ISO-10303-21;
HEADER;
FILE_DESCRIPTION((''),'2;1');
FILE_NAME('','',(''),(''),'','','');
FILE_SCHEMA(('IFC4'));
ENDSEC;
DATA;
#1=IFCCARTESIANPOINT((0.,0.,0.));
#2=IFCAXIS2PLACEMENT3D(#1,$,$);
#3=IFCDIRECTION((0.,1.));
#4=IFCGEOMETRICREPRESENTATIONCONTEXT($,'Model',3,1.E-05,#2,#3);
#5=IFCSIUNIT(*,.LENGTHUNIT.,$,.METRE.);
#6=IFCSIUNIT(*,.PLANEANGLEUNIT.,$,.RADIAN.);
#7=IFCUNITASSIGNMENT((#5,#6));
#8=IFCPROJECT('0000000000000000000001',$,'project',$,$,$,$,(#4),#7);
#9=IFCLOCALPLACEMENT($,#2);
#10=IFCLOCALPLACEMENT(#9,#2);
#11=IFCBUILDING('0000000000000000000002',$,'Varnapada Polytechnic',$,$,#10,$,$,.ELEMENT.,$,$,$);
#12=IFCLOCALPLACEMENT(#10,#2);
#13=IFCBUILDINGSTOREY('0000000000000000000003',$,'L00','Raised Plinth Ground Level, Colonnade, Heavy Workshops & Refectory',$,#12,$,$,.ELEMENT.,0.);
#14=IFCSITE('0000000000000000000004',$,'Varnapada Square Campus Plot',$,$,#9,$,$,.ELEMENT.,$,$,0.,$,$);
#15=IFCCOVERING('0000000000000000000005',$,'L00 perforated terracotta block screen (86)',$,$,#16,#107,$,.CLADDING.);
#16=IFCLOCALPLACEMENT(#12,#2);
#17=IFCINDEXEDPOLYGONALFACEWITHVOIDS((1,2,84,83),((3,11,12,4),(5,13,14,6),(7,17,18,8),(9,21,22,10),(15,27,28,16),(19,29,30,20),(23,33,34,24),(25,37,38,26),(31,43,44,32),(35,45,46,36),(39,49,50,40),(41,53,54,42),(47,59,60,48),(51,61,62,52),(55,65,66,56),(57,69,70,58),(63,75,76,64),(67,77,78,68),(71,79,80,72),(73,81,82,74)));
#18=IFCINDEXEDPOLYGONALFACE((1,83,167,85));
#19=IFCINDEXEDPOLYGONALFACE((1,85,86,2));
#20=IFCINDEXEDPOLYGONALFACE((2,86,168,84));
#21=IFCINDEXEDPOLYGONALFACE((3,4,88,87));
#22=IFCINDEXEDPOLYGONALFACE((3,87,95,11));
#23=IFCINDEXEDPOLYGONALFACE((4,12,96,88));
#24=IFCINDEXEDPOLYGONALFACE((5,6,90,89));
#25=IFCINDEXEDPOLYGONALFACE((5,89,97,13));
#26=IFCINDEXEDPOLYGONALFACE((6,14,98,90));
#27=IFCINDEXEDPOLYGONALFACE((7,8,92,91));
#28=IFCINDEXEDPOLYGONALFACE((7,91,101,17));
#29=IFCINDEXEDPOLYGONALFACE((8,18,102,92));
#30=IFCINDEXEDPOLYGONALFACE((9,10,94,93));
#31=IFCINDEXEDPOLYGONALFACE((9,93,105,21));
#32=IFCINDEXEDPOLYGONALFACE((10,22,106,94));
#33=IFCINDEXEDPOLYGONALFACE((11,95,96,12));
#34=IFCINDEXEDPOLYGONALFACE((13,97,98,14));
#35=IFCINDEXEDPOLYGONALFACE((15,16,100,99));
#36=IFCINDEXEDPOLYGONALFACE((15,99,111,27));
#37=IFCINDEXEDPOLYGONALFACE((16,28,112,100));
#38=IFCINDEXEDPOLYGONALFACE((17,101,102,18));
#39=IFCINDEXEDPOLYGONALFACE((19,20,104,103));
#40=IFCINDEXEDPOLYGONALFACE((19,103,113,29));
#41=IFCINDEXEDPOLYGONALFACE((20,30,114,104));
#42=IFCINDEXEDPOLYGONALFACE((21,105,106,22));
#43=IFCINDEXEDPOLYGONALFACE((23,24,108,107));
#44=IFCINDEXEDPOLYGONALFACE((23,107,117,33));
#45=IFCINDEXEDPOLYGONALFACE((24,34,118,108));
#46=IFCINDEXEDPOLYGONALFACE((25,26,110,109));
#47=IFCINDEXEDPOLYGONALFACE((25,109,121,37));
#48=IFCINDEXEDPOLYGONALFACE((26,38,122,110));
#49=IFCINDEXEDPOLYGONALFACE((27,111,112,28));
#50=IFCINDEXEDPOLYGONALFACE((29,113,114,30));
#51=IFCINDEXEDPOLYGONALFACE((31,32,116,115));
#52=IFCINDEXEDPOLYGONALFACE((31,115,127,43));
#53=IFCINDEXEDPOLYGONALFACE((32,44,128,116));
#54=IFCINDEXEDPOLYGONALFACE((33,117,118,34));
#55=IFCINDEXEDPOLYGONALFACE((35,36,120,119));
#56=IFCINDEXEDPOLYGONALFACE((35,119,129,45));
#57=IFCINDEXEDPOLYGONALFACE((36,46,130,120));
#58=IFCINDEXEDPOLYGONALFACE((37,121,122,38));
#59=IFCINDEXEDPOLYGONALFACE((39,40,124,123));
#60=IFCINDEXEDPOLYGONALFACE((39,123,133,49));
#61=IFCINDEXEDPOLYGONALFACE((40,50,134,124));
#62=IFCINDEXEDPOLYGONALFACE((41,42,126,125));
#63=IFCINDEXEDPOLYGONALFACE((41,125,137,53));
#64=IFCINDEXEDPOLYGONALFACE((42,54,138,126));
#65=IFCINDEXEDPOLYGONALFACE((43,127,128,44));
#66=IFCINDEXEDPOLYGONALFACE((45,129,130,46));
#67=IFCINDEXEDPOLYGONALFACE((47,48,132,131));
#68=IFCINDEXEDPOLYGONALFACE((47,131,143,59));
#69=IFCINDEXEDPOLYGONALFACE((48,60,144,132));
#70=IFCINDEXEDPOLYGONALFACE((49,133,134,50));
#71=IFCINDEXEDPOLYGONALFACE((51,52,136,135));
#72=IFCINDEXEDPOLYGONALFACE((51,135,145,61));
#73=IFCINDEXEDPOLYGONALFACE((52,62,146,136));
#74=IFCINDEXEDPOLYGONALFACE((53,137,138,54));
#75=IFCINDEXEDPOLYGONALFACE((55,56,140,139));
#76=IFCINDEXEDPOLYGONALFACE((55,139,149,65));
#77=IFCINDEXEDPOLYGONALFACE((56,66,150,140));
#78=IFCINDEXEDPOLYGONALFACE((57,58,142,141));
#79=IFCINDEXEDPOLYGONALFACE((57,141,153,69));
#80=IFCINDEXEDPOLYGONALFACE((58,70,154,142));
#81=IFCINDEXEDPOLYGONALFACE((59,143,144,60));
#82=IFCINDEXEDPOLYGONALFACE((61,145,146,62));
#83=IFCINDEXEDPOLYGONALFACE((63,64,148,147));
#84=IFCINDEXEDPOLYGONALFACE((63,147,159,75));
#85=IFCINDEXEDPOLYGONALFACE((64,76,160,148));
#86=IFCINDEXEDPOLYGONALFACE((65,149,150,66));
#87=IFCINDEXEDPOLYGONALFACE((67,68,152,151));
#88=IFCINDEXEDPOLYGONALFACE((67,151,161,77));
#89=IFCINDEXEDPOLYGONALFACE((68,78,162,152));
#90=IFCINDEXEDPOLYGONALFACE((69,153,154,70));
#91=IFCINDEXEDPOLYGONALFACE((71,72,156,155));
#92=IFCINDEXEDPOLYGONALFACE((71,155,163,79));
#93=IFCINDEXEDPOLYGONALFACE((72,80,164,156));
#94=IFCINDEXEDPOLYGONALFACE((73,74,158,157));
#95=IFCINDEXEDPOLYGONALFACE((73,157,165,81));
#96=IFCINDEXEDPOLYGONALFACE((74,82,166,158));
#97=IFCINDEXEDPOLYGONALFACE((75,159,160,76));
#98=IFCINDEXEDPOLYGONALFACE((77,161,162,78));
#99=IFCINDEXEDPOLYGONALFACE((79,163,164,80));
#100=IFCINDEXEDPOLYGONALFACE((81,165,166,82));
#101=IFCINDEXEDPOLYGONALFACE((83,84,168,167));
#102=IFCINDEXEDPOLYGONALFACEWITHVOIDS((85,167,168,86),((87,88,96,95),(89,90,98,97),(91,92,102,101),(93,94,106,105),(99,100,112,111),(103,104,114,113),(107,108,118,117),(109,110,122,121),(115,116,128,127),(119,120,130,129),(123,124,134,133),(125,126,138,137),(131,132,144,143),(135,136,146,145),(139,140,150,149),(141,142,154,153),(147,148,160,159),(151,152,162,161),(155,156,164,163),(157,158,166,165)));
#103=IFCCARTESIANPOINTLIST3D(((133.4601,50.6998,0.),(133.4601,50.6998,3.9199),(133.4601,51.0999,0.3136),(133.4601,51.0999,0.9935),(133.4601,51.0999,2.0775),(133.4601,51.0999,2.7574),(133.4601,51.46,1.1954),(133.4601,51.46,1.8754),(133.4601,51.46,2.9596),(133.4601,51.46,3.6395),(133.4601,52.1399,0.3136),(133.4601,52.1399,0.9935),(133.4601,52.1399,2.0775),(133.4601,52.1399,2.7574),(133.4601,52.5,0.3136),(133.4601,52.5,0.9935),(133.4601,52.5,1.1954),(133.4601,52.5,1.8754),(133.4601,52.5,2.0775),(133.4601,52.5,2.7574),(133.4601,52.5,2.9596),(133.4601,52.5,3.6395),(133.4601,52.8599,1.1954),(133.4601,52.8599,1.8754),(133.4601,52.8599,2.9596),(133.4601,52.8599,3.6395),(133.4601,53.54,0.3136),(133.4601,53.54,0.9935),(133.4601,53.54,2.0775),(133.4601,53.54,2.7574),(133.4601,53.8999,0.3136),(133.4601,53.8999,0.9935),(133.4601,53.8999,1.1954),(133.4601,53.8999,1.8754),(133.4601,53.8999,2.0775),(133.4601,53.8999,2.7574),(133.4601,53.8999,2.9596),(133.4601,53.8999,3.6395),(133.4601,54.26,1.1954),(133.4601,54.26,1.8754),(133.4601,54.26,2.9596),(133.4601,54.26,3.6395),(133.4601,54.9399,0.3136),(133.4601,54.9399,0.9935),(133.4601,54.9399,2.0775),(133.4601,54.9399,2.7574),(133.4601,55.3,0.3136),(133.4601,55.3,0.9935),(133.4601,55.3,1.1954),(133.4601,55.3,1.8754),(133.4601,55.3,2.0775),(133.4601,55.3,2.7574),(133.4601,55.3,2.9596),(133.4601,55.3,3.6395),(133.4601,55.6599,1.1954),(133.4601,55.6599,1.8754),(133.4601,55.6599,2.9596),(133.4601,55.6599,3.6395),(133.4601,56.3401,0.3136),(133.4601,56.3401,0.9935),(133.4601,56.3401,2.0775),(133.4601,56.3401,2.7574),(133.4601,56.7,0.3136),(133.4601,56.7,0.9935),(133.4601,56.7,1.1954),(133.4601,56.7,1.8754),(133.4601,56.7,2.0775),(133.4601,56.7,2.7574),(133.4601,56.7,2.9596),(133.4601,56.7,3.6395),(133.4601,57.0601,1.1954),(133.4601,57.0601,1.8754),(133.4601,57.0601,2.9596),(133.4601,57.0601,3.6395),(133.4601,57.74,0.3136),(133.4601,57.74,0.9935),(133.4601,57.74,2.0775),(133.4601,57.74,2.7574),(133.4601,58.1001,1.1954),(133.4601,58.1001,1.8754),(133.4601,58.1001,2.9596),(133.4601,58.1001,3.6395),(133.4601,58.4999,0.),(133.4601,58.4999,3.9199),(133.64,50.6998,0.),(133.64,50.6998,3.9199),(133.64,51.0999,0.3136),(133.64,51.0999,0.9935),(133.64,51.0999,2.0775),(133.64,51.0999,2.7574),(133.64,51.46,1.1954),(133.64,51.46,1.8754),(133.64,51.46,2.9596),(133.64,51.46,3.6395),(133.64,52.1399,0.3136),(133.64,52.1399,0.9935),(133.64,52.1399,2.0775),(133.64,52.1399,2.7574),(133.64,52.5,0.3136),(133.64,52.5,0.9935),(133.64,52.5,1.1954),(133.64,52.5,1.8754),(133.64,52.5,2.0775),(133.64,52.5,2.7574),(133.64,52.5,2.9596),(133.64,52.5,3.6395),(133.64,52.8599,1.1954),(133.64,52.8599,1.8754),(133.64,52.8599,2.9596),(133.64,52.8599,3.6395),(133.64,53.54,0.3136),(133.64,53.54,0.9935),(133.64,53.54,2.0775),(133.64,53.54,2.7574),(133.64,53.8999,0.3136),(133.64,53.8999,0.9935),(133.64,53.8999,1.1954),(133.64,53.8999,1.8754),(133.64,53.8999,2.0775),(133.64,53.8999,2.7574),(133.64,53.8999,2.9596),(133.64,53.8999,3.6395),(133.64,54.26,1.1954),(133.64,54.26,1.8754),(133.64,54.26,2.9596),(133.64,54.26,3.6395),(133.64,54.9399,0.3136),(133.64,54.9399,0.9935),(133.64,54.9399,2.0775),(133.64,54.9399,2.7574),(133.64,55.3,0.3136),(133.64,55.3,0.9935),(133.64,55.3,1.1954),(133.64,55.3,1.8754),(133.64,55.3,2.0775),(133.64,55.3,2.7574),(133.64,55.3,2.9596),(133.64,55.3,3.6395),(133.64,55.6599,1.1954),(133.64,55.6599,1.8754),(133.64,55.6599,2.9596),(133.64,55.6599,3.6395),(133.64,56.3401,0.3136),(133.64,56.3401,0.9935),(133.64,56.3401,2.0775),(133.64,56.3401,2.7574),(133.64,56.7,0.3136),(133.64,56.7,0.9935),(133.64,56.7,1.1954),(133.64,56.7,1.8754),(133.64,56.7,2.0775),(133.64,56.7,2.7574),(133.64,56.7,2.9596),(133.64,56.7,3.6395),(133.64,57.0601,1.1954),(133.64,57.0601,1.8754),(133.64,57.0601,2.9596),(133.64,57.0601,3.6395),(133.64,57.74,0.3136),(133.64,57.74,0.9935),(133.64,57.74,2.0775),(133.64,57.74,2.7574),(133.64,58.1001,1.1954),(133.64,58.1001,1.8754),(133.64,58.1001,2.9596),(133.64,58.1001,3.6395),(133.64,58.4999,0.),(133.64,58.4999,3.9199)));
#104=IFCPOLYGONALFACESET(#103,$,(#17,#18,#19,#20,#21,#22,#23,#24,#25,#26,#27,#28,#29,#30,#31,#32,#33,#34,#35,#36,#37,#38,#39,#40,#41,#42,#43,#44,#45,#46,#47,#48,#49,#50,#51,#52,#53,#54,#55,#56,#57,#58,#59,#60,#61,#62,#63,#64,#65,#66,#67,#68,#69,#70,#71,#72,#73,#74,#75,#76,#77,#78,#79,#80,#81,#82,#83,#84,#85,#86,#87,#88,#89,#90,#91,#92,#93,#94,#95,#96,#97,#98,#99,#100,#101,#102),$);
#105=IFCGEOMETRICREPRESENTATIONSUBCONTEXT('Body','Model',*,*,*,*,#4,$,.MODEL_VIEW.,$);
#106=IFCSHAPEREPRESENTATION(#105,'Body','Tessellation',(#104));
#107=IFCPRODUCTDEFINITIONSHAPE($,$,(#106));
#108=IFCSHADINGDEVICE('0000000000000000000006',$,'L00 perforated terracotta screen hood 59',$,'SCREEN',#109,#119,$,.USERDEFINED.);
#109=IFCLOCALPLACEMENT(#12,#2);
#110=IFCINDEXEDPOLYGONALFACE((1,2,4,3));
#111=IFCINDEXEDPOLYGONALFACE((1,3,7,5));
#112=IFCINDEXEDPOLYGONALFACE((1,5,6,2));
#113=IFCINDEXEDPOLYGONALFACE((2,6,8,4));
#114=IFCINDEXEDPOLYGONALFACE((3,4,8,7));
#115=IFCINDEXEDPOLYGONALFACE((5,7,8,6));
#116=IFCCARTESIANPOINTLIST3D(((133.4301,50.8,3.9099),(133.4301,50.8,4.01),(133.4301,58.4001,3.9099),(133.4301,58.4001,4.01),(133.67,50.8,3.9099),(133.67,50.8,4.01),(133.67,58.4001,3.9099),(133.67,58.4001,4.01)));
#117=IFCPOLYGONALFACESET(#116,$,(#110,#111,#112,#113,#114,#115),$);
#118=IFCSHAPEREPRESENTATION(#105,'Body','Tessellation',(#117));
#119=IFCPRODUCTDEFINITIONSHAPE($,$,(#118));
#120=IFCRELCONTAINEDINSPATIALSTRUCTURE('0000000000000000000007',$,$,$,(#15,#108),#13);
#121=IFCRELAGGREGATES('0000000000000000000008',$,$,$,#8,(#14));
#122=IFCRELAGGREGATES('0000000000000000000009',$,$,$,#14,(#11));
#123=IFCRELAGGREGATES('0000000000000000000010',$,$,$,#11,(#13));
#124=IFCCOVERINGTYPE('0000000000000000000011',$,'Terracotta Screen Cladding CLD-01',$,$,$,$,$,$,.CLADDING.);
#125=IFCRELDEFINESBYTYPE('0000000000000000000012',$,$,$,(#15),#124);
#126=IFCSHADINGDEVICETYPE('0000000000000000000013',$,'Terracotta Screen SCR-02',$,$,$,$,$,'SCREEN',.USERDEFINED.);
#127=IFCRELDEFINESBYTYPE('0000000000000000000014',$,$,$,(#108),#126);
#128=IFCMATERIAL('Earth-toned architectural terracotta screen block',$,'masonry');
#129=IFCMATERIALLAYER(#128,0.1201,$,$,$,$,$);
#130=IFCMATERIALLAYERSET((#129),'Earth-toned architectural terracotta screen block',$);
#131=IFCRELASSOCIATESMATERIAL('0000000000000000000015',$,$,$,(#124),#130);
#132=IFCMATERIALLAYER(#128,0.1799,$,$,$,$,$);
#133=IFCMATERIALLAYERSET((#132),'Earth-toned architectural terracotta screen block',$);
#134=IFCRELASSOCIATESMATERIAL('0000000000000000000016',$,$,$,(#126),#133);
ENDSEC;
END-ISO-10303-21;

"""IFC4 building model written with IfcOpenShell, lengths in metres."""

from ifc_helpers import new_model, si_unit, direction, frame, frame_2d, origin, origin_2d, place, context, subcontext, project, spatial, rectangle, extrude, material, layer, layer_set, type_object, element, save


model = new_model("IFC4")

# Units and contexts
model_context = context("Model", 3, precision=1e-05, world=origin(), true_north=direction((0.0, 1.0)))
body_context = subcontext(model_context, "Body", "Model", "MODEL_VIEW")
ifc_project = project(units=[si_unit("LENGTHUNIT", "METRE"), si_unit("PLANEANGLEUNIT", "RADIAN")], contexts=[model_context])

# Site, building, storey
site_placement = place(None, origin())
site = spatial("IfcSite", under=ifc_project, at=site_placement, Name="Varnapada Square Campus Plot", CompositionType="ELEMENT", RefElevation=0.0)
building_placement = place(site_placement, origin())
building = spatial("IfcBuilding", under=site, at=building_placement, Name="Varnapada Polytechnic", CompositionType="ELEMENT")
storey_placement = place(building_placement, origin())
storey = spatial("IfcBuildingStorey", under=building, at=storey_placement, Name="L00", Description="Raised Plinth Ground Level, Colonnade, Heavy Workshops & Refectory", CompositionType="ELEMENT", Elevation=0.0)

# Covering, openings
ifc_material_1 = material(Name="Earth-toned architectural terracotta screen block", Category="masonry")
ifc_layer_1 = layer(ifc_material_1, 0.1201)
ifc_layer_set_1 = layer_set([ifc_layer_1], Name="Earth-toned architectural terracotta screen block")
covering_type = type_object("IfcCoveringType", Name="Terracotta Screen Cladding CLD-01", PredefinedType="CLADDING", material=ifc_layer_set_1)
covering_placement = place(storey_placement, frame((133.55, 50.7, 0.0), z_axis=(0.0, 0.0, 1.0), x_axis=(0.0, 1.0, 0.0)))
covering = element("IfcCovering", 1, at=covering_placement, inside=storey, type_object=covering_type, Name="L00 perforated terracotta block screen (86)", PredefinedType="CLADDING", context=body_context, shape_type="SweptSolid", body=[
    extrude(rectangle(XDim=7.8, YDim=0.1799, at=frame_2d((3.8999, 0.0))), origin(), (0.0, 0.0, 1.0), 3.9199),
])
opening_1_placement = place(covering_placement, frame((0.3999, 0.0, 0.3137)))
element("IfcOpeningElement", 2, at=opening_1_placement, cuts=covering, PredefinedType="OPENING", context=body_context, shape_type="SweptSolid", body=[
    extrude(rectangle(XDim=1.04, YDim=0.6799, at=frame_2d((0.52, 0.3398))), frame((0.0, 0.0999, 0.0), z_axis=(0.0, -1.0, 0.0), x_axis=(1.0, 0.0, 0.0)), (0.0, 0.0, 1.0), 0.2),
])
opening_2_placement = place(covering_placement, frame((1.8, 0.0, 0.3137)))
element("IfcOpeningElement", 3, at=opening_2_placement, cuts=covering, PredefinedType="OPENING", context=body_context, shape_type="SweptSolid", body=[
    extrude(rectangle(XDim=1.04, YDim=0.6799, at=frame_2d((0.52, 0.3398))), frame((0.0, 0.0999, 0.0), z_axis=(0.0, -1.0, 0.0), x_axis=(1.0, 0.0, 0.0)), (0.0, 0.0, 1.0), 0.2),
])
opening_3_placement = place(covering_placement, frame((3.2, 0.0, 0.3137)))
element("IfcOpeningElement", 4, at=opening_3_placement, cuts=covering, PredefinedType="OPENING", context=body_context, shape_type="SweptSolid", body=[
    extrude(rectangle(XDim=1.04, YDim=0.6799, at=frame_2d((0.52, 0.3398))), frame((0.0, 0.0999, 0.0), z_axis=(0.0, -1.0, 0.0), x_axis=(1.0, 0.0, 0.0)), (0.0, 0.0, 1.0), 0.2),
])
opening_4_placement = place(covering_placement, frame((4.6001, 0.0, 0.3137)))
element("IfcOpeningElement", 5, at=opening_4_placement, cuts=covering, PredefinedType="OPENING", context=body_context, shape_type="SweptSolid", body=[
    extrude(rectangle(XDim=1.04, YDim=0.6799, at=frame_2d((0.52, 0.3398))), frame((0.0, 0.0999, 0.0), z_axis=(0.0, -1.0, 0.0), x_axis=(1.0, 0.0, 0.0)), (0.0, 0.0, 1.0), 0.2),
])
opening_5_placement = place(covering_placement, frame((6.0, 0.0, 0.3137)))
element("IfcOpeningElement", 6, at=opening_5_placement, cuts=covering, PredefinedType="OPENING", context=body_context, shape_type="SweptSolid", body=[
    extrude(rectangle(XDim=1.04, YDim=0.6799, at=frame_2d((0.52, 0.3398))), frame((0.0, 0.0999, 0.0), z_axis=(0.0, -1.0, 0.0), x_axis=(1.0, 0.0, 0.0)), (0.0, 0.0, 1.0), 0.2),
])
opening_6_placement = place(covering_placement, frame((0.76, 0.0, 1.1956)))
element("IfcOpeningElement", 7, at=opening_6_placement, cuts=covering, PredefinedType="OPENING", context=body_context, shape_type="SweptSolid", body=[
    extrude(rectangle(XDim=1.04, YDim=0.6799, at=frame_2d((0.52, 0.3398))), frame((0.0, 0.0999, 0.0), z_axis=(0.0, -1.0, 0.0), x_axis=(1.0, 0.0, 0.0)), (0.0, 0.0, 1.0), 0.2),
])
opening_7_placement = place(covering_placement, frame((2.1599, 0.0, 1.1956)))
element("IfcOpeningElement", 8, at=opening_7_placement, cuts=covering, PredefinedType="OPENING", context=body_context, shape_type="SweptSolid", body=[
    extrude(rectangle(XDim=1.04, YDim=0.6799, at=frame_2d((0.52, 0.3398))), frame((0.0, 0.0999, 0.0), z_axis=(0.0, -1.0, 0.0), x_axis=(1.0, 0.0, 0.0)), (0.0, 0.0, 1.0), 0.2),
])
opening_8_placement = place(covering_placement, frame((3.5601, 0.0, 1.1956)))
element("IfcOpeningElement", 9, at=opening_8_placement, cuts=covering, PredefinedType="OPENING", context=body_context, shape_type="SweptSolid", body=[
    extrude(rectangle(XDim=1.04, YDim=0.6799, at=frame_2d((0.52, 0.3398))), frame((0.0, 0.0999, 0.0), z_axis=(0.0, -1.0, 0.0), x_axis=(1.0, 0.0, 0.0)), (0.0, 0.0, 1.0), 0.2),
])
opening_9_placement = place(covering_placement, frame((4.96, 0.0, 1.1956)))
element("IfcOpeningElement", 10, at=opening_9_placement, cuts=covering, PredefinedType="OPENING", context=body_context, shape_type="SweptSolid", body=[
    extrude(rectangle(XDim=1.04, YDim=0.6799, at=frame_2d((0.52, 0.3398))), frame((0.0, 0.0999, 0.0), z_axis=(0.0, -1.0, 0.0), x_axis=(1.0, 0.0, 0.0)), (0.0, 0.0, 1.0), 0.2),
])
opening_10_placement = place(covering_placement, frame((6.3601, 0.0, 1.1956)))
element("IfcOpeningElement", 11, at=opening_10_placement, cuts=covering, PredefinedType="OPENING", context=body_context, shape_type="SweptSolid", body=[
    extrude(rectangle(XDim=1.04, YDim=0.6799, at=frame_2d((0.52, 0.3398))), frame((0.0, 0.0999, 0.0), z_axis=(0.0, -1.0, 0.0), x_axis=(1.0, 0.0, 0.0)), (0.0, 0.0, 1.0), 0.2),
])
opening_11_placement = place(covering_placement, frame((0.3999, 0.0, 2.0776)))
element("IfcOpeningElement", 12, at=opening_11_placement, cuts=covering, PredefinedType="OPENING", context=body_context, shape_type="SweptSolid", body=[
    extrude(rectangle(XDim=1.04, YDim=0.6799, at=frame_2d((0.52, 0.3398))), frame((0.0, 0.0999, 0.0), z_axis=(0.0, -1.0, 0.0), x_axis=(1.0, 0.0, 0.0)), (0.0, 0.0, 1.0), 0.2),
])
opening_12_placement = place(covering_placement, frame((1.8, 0.0, 2.0776)))
element("IfcOpeningElement", 13, at=opening_12_placement, cuts=covering, PredefinedType="OPENING", context=body_context, shape_type="SweptSolid", body=[
    extrude(rectangle(XDim=1.04, YDim=0.6799, at=frame_2d((0.52, 0.3398))), frame((0.0, 0.0999, 0.0), z_axis=(0.0, -1.0, 0.0), x_axis=(1.0, 0.0, 0.0)), (0.0, 0.0, 1.0), 0.2),
])
opening_13_placement = place(covering_placement, frame((3.2, 0.0, 2.0776)))
element("IfcOpeningElement", 14, at=opening_13_placement, cuts=covering, PredefinedType="OPENING", context=body_context, shape_type="SweptSolid", body=[
    extrude(rectangle(XDim=1.04, YDim=0.6799, at=frame_2d((0.52, 0.3398))), frame((0.0, 0.0999, 0.0), z_axis=(0.0, -1.0, 0.0), x_axis=(1.0, 0.0, 0.0)), (0.0, 0.0, 1.0), 0.2),
])
opening_14_placement = place(covering_placement, frame((4.6001, 0.0, 2.0776)))
element("IfcOpeningElement", 15, at=opening_14_placement, cuts=covering, PredefinedType="OPENING", context=body_context, shape_type="SweptSolid", body=[
    extrude(rectangle(XDim=1.04, YDim=0.6799, at=frame_2d((0.52, 0.3398))), frame((0.0, 0.0999, 0.0), z_axis=(0.0, -1.0, 0.0), x_axis=(1.0, 0.0, 0.0)), (0.0, 0.0, 1.0), 0.2),
])
opening_15_placement = place(covering_placement, frame((6.0, 0.0, 2.0776)))
element("IfcOpeningElement", 16, at=opening_15_placement, cuts=covering, PredefinedType="OPENING", context=body_context, shape_type="SweptSolid", body=[
    extrude(rectangle(XDim=1.04, YDim=0.6799, at=frame_2d((0.52, 0.3398))), frame((0.0, 0.0999, 0.0), z_axis=(0.0, -1.0, 0.0), x_axis=(1.0, 0.0, 0.0)), (0.0, 0.0, 1.0), 0.2),
])
opening_16_placement = place(covering_placement, frame((0.76, 0.0, 2.9597)))
element("IfcOpeningElement", 17, at=opening_16_placement, cuts=covering, PredefinedType="OPENING", context=body_context, shape_type="SweptSolid", body=[
    extrude(rectangle(XDim=1.04, YDim=0.6799, at=frame_2d((0.52, 0.3398))), frame((0.0, 0.0999, 0.0), z_axis=(0.0, -1.0, 0.0), x_axis=(1.0, 0.0, 0.0)), (0.0, 0.0, 1.0), 0.2),
])
opening_17_placement = place(covering_placement, frame((2.1599, 0.0, 2.9597)))
element("IfcOpeningElement", 18, at=opening_17_placement, cuts=covering, PredefinedType="OPENING", context=body_context, shape_type="SweptSolid", body=[
    extrude(rectangle(XDim=1.04, YDim=0.6799, at=frame_2d((0.52, 0.3398))), frame((0.0, 0.0999, 0.0), z_axis=(0.0, -1.0, 0.0), x_axis=(1.0, 0.0, 0.0)), (0.0, 0.0, 1.0), 0.2),
])
opening_18_placement = place(covering_placement, frame((3.5601, 0.0, 2.9597)))
element("IfcOpeningElement", 19, at=opening_18_placement, cuts=covering, PredefinedType="OPENING", context=body_context, shape_type="SweptSolid", body=[
    extrude(rectangle(XDim=1.04, YDim=0.6799, at=frame_2d((0.52, 0.3398))), frame((0.0, 0.0999, 0.0), z_axis=(0.0, -1.0, 0.0), x_axis=(1.0, 0.0, 0.0)), (0.0, 0.0, 1.0), 0.2),
])
opening_19_placement = place(covering_placement, frame((4.96, 0.0, 2.9597)))
element("IfcOpeningElement", 20, at=opening_19_placement, cuts=covering, PredefinedType="OPENING", context=body_context, shape_type="SweptSolid", body=[
    extrude(rectangle(XDim=1.04, YDim=0.6799, at=frame_2d((0.52, 0.3398))), frame((0.0, 0.0999, 0.0), z_axis=(0.0, -1.0, 0.0), x_axis=(1.0, 0.0, 0.0)), (0.0, 0.0, 1.0), 0.2),
])
opening_20_placement = place(covering_placement, frame((6.3601, 0.0, 2.9597)))
element("IfcOpeningElement", 21, at=opening_20_placement, cuts=covering, PredefinedType="OPENING", context=body_context, shape_type="SweptSolid", body=[
    extrude(rectangle(XDim=1.04, YDim=0.6799, at=frame_2d((0.52, 0.3398))), frame((0.0, 0.0999, 0.0), z_axis=(0.0, -1.0, 0.0), x_axis=(1.0, 0.0, 0.0)), (0.0, 0.0, 1.0), 0.2),
])

# Shading device
ifc_layer_2 = layer(ifc_material_1, 0.1799)
ifc_layer_set_2 = layer_set([ifc_layer_2], Name="Earth-toned architectural terracotta screen block")
shading_device_type = type_object("IfcShadingDeviceType", Name="Terracotta Screen SCR-02", ElementType="SCREEN", PredefinedType="USERDEFINED", material=ifc_layer_set_2)
shading_device_placement = place(storey_placement, frame((133.55, 54.6001, 3.9099), z_axis=(0.0, 0.0, 1.0), x_axis=(0.0, 1.0, 0.0)))
element("IfcShadingDevice", 22, at=shading_device_placement, inside=storey, type_object=shading_device_type, Name="L00 perforated terracotta screen hood 59", ObjectType="SCREEN", PredefinedType="USERDEFINED", context=body_context, shape_type="SweptSolid", body=[
    extrude(rectangle(XDim=7.6001, YDim=0.24, at=origin_2d()), origin(), (0.0, 0.0, 1.0), 0.1001),
])

save(model, "model.ifc")
